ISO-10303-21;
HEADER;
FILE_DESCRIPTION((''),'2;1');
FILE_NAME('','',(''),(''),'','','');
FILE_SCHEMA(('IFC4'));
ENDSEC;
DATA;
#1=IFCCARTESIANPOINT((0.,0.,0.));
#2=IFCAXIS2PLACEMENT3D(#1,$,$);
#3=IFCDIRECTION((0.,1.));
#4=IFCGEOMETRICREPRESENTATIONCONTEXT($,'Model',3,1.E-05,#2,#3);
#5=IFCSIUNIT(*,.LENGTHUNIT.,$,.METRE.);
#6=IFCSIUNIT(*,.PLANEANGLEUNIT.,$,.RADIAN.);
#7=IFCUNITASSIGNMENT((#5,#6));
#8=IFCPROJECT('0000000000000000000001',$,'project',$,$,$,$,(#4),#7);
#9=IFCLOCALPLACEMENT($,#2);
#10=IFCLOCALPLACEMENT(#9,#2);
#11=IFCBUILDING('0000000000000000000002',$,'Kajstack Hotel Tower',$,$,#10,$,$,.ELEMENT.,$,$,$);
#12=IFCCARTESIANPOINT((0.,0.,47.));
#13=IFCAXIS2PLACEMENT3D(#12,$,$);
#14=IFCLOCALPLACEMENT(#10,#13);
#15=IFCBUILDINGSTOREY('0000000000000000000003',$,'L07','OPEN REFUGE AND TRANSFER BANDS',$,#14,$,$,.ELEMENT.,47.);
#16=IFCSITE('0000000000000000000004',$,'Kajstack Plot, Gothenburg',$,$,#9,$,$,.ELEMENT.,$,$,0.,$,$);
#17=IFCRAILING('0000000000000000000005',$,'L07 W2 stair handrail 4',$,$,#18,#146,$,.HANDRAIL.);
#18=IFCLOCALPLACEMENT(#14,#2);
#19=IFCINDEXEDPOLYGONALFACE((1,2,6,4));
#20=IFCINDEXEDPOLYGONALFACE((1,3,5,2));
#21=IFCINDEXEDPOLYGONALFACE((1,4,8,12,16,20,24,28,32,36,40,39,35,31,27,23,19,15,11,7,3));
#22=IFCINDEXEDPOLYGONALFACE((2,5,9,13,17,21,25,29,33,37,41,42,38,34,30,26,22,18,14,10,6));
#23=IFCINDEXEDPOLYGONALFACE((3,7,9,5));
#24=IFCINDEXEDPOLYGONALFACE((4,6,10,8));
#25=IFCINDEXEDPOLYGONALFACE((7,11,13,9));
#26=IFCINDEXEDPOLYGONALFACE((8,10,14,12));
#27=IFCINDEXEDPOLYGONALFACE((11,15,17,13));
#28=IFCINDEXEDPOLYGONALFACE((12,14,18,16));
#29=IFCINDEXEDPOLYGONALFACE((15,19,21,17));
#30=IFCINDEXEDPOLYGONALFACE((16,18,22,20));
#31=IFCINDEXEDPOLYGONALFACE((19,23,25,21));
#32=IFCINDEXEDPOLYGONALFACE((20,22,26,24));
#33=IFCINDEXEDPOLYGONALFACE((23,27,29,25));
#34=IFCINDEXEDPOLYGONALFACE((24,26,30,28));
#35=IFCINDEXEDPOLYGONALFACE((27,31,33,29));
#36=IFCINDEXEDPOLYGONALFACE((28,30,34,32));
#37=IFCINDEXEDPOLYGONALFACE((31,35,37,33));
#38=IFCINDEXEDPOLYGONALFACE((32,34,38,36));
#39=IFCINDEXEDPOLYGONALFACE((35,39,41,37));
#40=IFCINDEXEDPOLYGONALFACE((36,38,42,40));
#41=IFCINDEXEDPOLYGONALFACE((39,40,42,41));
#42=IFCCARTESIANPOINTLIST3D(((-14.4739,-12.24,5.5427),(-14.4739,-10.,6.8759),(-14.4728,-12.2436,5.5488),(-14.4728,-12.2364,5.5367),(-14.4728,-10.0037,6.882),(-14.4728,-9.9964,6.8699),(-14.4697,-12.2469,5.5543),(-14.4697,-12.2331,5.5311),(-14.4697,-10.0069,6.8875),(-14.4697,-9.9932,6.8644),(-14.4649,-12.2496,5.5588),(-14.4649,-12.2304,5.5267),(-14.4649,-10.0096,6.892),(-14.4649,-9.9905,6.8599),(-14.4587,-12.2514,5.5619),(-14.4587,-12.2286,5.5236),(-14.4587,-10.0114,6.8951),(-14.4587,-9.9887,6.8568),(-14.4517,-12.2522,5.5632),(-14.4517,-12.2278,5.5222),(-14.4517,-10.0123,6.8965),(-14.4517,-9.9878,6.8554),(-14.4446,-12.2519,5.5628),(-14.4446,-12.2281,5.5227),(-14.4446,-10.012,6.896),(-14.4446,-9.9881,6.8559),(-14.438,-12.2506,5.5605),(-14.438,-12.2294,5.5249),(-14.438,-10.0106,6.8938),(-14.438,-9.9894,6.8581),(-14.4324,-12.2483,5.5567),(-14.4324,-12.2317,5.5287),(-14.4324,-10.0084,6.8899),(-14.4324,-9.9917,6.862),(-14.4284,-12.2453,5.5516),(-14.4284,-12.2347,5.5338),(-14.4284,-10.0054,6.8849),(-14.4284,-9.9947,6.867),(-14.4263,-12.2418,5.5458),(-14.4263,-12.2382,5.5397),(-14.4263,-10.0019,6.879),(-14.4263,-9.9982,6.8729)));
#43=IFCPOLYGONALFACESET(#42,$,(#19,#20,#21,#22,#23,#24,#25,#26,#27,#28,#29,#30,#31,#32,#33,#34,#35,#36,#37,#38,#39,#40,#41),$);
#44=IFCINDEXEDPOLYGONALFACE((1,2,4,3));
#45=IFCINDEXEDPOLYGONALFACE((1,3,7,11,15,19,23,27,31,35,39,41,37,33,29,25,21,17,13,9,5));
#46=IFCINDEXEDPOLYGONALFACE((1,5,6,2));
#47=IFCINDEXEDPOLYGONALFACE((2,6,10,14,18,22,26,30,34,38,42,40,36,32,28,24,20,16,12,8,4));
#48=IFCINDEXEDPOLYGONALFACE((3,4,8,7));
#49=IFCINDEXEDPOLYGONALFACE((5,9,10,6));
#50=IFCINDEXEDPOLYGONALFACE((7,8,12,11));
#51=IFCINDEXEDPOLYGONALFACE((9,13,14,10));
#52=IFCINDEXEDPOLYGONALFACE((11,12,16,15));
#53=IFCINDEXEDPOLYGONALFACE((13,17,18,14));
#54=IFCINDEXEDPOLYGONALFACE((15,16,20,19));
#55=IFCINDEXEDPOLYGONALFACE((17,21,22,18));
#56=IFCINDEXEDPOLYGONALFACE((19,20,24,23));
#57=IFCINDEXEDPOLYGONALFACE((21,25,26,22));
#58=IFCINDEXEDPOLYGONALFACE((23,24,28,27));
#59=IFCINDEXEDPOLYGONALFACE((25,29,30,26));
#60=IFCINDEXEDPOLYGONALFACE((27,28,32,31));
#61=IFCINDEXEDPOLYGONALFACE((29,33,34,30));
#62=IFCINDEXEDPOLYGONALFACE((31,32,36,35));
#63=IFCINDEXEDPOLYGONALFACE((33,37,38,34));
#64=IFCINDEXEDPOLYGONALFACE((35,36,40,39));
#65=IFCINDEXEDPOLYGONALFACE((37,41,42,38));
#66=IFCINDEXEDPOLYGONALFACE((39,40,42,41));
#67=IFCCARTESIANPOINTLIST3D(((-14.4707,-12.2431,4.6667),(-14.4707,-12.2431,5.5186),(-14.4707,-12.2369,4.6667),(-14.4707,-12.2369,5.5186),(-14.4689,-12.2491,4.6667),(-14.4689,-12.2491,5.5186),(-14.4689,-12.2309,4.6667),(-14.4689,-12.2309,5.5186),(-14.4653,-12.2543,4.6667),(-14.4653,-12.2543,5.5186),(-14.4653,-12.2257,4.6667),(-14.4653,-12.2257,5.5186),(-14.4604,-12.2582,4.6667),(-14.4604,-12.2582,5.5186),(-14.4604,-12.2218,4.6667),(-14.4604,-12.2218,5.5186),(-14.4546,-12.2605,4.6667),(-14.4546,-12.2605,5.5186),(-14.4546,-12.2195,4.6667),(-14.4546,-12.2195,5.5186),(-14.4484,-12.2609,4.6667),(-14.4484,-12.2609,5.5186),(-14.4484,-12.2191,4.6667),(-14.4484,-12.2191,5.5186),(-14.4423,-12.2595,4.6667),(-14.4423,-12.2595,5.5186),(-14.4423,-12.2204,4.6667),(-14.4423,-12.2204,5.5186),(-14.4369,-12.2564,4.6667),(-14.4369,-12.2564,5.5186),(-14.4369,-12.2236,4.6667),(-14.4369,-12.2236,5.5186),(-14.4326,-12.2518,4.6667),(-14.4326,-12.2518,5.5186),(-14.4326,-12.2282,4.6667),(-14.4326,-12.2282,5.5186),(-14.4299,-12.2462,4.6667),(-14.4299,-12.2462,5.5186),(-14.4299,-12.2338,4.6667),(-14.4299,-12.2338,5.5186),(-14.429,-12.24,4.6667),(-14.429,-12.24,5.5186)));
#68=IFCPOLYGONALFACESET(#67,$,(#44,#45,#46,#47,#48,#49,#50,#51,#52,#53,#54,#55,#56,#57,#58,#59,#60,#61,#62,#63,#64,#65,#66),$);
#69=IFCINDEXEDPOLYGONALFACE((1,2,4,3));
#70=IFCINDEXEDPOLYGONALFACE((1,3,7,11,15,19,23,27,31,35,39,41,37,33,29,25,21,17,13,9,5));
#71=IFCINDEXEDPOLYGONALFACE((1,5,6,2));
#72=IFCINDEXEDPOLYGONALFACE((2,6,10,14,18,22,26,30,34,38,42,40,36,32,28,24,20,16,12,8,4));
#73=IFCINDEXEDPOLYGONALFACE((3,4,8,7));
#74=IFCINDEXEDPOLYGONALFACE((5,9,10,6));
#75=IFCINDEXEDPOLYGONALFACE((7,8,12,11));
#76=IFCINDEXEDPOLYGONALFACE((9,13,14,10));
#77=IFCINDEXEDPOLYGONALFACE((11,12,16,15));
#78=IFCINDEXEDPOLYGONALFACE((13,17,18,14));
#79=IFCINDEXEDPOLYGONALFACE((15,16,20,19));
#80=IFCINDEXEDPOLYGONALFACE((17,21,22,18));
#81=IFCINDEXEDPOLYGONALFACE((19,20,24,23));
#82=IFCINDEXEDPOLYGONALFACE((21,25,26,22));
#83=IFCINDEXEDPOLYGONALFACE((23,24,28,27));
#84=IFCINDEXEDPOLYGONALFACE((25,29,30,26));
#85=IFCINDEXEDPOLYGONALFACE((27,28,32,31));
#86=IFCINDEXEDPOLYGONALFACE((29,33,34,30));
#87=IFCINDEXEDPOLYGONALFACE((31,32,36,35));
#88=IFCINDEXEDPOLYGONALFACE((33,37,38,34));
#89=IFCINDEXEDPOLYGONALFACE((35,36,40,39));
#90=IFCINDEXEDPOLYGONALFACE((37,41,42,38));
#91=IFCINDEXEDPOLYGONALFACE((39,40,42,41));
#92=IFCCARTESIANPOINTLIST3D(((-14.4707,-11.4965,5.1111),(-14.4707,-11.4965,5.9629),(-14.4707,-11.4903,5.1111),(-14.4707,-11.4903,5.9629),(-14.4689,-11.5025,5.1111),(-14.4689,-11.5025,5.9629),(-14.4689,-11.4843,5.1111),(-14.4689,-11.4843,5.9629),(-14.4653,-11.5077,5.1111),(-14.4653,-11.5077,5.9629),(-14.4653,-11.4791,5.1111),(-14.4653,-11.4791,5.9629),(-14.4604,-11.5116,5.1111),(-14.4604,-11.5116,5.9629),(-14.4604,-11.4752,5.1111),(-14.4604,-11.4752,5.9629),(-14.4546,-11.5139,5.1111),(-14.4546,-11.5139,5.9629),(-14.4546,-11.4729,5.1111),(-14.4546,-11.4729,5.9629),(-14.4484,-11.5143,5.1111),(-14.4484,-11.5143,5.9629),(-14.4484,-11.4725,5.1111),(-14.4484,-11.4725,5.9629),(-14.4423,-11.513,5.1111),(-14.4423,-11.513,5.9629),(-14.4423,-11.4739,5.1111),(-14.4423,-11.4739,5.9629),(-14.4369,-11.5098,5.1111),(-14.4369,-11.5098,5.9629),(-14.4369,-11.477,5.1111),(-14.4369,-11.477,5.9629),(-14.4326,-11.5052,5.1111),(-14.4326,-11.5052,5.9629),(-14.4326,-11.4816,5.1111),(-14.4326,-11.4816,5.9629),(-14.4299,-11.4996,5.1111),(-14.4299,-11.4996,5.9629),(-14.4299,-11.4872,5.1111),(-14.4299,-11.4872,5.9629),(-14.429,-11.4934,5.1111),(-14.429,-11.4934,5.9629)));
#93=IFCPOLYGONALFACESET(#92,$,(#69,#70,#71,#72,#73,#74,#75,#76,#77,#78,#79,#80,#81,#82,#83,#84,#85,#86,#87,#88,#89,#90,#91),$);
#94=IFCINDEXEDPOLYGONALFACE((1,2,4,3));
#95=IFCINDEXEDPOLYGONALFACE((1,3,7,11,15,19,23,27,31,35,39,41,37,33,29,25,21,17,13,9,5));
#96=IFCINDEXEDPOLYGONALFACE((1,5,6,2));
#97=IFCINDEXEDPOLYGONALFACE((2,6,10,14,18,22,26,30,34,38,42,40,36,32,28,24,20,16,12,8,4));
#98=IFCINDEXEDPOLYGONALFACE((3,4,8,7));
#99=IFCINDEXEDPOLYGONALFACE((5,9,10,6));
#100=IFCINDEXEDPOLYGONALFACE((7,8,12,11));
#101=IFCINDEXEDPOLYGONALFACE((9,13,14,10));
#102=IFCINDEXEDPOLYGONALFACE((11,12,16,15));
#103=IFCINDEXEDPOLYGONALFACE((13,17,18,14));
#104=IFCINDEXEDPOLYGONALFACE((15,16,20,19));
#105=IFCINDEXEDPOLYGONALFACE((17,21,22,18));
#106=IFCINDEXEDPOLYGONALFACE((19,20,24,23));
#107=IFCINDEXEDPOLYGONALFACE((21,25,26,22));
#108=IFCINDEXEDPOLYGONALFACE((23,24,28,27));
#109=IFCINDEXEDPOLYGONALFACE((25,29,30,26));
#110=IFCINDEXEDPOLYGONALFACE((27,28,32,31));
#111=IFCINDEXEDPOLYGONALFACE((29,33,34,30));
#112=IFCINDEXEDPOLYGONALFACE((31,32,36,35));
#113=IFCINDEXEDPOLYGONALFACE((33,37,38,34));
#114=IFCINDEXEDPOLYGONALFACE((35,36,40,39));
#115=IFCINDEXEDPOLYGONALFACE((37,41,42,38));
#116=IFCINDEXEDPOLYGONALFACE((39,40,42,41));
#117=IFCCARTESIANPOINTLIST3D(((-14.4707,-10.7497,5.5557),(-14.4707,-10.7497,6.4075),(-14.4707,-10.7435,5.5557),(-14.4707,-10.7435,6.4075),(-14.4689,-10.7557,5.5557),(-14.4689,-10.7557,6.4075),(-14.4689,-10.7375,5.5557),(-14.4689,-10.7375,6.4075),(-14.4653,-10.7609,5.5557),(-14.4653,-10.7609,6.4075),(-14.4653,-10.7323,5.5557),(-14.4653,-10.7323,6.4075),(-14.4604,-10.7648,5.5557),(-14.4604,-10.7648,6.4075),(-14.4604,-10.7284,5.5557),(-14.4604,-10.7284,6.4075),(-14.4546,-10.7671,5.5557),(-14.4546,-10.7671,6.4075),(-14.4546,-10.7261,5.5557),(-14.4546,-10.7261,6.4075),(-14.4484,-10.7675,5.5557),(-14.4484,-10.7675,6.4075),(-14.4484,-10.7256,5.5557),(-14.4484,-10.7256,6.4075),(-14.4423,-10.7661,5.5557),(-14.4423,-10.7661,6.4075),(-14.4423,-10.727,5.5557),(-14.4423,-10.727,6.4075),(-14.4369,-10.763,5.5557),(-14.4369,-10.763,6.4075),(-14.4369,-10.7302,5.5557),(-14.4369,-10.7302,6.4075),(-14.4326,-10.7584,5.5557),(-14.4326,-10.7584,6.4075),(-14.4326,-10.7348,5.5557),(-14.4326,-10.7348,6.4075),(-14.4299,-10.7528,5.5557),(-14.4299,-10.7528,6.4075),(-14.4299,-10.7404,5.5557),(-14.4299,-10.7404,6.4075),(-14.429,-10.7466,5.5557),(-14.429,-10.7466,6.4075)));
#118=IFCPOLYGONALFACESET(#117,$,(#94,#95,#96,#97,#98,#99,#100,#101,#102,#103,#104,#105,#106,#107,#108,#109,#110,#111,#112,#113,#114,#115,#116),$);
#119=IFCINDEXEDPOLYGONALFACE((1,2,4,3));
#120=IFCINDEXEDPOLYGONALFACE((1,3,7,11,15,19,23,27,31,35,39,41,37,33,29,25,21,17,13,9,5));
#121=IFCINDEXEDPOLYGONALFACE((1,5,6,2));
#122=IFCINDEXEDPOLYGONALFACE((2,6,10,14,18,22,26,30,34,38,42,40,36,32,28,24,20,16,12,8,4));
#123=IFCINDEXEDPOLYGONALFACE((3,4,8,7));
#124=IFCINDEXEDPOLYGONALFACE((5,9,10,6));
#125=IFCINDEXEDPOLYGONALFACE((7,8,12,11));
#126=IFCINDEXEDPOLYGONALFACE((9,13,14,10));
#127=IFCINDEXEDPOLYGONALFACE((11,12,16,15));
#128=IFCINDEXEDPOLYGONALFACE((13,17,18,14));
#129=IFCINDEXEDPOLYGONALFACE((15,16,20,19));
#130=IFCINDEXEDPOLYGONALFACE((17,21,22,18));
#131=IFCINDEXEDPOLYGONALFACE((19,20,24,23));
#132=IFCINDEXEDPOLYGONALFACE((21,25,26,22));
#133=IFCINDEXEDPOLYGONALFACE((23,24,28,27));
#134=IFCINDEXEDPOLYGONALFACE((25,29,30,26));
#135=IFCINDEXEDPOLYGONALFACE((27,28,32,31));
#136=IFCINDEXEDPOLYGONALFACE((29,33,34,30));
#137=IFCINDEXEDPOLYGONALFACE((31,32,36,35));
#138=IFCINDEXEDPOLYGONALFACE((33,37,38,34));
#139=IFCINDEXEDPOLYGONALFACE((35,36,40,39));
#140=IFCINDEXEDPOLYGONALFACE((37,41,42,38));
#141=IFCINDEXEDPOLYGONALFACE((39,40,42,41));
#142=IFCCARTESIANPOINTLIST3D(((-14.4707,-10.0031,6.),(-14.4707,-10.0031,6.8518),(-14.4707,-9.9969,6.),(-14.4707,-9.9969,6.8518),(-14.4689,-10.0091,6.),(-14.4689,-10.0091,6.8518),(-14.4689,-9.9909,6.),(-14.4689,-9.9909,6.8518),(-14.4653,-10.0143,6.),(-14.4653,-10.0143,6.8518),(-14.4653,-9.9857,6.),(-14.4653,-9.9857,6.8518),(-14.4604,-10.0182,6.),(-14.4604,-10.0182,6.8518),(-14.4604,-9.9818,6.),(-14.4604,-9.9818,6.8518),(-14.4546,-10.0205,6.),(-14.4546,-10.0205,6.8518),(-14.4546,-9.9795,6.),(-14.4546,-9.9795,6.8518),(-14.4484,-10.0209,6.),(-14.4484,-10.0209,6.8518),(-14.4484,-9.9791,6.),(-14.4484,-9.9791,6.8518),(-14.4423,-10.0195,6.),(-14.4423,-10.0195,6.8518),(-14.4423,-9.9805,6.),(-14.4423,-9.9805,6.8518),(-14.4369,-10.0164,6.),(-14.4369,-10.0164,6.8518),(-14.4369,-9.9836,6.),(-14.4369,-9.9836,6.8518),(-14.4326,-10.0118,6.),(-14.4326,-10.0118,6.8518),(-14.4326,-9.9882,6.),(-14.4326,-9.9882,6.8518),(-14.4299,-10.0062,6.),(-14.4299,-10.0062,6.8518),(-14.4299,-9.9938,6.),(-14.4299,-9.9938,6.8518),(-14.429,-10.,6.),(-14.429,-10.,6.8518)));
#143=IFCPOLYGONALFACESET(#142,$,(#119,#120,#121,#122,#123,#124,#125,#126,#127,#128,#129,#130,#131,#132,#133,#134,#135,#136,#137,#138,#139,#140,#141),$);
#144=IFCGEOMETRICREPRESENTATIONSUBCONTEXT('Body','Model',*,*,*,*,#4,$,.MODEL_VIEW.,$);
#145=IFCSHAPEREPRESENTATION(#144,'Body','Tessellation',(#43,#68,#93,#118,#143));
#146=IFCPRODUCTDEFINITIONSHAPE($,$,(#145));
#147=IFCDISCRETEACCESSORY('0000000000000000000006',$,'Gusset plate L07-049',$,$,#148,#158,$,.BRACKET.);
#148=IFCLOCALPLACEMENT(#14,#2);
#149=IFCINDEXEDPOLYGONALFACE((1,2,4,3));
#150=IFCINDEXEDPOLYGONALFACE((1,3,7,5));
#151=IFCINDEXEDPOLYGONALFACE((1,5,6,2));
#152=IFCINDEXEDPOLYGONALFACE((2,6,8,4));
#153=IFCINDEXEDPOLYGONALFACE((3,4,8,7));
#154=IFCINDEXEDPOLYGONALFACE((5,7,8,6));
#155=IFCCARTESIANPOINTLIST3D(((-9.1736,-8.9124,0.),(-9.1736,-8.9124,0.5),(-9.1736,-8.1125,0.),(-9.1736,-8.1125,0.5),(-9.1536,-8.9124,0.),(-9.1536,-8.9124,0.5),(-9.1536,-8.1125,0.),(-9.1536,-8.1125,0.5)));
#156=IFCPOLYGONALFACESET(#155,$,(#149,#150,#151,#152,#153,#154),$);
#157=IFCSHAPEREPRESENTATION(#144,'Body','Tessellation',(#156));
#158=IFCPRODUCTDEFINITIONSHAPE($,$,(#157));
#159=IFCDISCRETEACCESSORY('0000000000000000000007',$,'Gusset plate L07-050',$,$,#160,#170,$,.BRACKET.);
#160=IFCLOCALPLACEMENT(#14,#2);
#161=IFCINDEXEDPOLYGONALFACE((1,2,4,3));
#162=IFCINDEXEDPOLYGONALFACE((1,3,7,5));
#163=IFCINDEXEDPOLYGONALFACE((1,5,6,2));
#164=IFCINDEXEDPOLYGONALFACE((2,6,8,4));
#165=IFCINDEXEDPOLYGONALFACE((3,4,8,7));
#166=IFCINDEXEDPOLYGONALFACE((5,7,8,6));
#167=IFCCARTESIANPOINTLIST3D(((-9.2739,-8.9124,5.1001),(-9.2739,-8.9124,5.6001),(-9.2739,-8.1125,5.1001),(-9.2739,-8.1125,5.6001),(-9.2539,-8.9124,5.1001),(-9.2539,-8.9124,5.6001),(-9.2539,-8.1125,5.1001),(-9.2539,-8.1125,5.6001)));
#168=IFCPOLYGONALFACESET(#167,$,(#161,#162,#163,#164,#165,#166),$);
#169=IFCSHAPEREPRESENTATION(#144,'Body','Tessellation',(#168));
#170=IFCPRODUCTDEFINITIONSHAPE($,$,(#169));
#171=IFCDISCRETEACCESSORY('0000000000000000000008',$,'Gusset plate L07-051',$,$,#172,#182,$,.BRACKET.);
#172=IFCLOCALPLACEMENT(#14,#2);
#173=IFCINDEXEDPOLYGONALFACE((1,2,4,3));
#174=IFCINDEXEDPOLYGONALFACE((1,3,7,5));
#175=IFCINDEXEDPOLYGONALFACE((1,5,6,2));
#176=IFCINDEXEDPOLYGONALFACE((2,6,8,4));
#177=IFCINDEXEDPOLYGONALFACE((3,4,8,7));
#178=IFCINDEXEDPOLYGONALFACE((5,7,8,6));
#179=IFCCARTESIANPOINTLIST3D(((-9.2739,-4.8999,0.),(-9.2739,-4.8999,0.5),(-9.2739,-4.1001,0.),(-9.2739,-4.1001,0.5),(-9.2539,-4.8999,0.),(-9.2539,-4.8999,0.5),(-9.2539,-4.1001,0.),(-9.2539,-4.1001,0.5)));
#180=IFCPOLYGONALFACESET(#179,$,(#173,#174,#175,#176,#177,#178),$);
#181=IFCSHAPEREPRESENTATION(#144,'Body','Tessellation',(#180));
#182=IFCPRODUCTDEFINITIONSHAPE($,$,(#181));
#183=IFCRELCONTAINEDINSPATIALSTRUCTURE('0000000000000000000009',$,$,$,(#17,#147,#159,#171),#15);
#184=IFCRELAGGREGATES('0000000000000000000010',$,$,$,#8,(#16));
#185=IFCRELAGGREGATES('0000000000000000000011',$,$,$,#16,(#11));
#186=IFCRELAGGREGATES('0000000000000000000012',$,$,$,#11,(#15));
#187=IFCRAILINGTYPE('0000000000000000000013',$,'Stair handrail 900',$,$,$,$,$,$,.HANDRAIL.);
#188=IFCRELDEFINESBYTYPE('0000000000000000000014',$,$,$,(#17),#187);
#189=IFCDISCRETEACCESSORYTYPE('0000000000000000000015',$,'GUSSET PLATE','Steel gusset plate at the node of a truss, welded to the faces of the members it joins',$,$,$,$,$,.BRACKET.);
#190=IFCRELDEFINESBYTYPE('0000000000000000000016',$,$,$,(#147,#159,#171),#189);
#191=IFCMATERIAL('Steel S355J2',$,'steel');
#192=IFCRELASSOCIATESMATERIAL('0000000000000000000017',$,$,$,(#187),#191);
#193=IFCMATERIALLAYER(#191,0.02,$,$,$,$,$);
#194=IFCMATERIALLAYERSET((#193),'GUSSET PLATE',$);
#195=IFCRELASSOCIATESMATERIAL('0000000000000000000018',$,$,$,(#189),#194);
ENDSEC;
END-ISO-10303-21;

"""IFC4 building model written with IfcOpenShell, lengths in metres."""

from ifc_helpers import new_model, si_unit, direction, frame, origin, origin_2d, place, context, subcontext, project, spatial, polyline, circle, outline, extrude, material, layer, layer_set, type_object, element, save


model = new_model("IFC4")

# Units and contexts
model_context = context("Model", 3, precision=1e-05, world=origin(), true_north=direction((0.0, 1.0)))
body_context = subcontext(model_context, "Body", "Model", "MODEL_VIEW")
ifc_project = project(units=[si_unit("LENGTHUNIT", "METRE"), si_unit("PLANEANGLEUNIT", "RADIAN")], contexts=[model_context])

# Site, building, storey
site_placement = place(None, origin())
site = spatial("IfcSite", under=ifc_project, at=site_placement, Name="Kajstack Plot, Gothenburg", CompositionType="ELEMENT", RefElevation=0.0)
building_placement = place(site_placement, origin())
building = spatial("IfcBuilding", under=site, at=building_placement, Name="Kajstack Hotel Tower", CompositionType="ELEMENT")
storey_placement = place(building_placement, frame((0.0, 0.0, 47.0)))
storey = spatial("IfcBuildingStorey", under=building, at=storey_placement, Name="L07", Description="OPEN REFUGE AND TRANSFER BANDS", CompositionType="ELEMENT", Elevation=47.0)

# Railing
ifc_material_1 = material(Name="Steel S355J2", Category="steel")
railing_type_1 = type_object("IfcRailingType", Name="Stair handrail 900", PredefinedType="HANDRAIL", material=ifc_material_1)
railing_1_placement = place(storey_placement, frame((-14.45, -12.24, 4.6667)))
element("IfcRailing", 1, at=railing_1_placement, inside=storey, type_object=railing_type_1, Name="L07 W2 stair handrail 4", PredefinedType="HANDRAIL", context=body_context, shape_type="SweptSolid", body=[
    extrude(circle(Radius=0.0239, at=origin_2d()), frame((0.0, 0.0, 0.876), z_axis=(0.0, 0.859306, 0.511462), x_axis=(-1.0, 0.0, 0.0)), (0.0, 0.0, 1.0), 2.6067),
    extrude(circle(Radius=0.021, at=origin_2d()), origin(), (0.0, 0.0, 1.0), 0.8518),
    extrude(circle(Radius=0.021, at=origin_2d()), frame((0.0, 0.7466, 0.4443)), (0.0, 0.0, 1.0), 0.8518),
    extrude(circle(Radius=0.021, at=origin_2d()), frame((0.0, 1.4934, 0.8889)), (0.0, 0.0, 1.0), 0.8518),
    extrude(circle(Radius=0.021, at=origin_2d()), frame((0.0, 2.24, 1.3333)), (0.0, 0.0, 1.0), 0.8518),
])

# Discrete accessories
ifc_layer_1 = layer(ifc_material_1, 0.02)
ifc_layer_set_1 = layer_set([ifc_layer_1], Name="GUSSET PLATE")
discrete_accessory_type = type_object("IfcDiscreteAccessoryType", Name="GUSSET PLATE", Description="Steel gusset plate at the node of a truss, welded to the faces of the members it joins", PredefinedType="BRACKET", material=ifc_layer_set_1)
for number, where, z_axis, x_axis, name in (
    (2, (-9.1736, -8.5125, 0.0), (1.0, 0.0, 0.0), (0.0, 1.0, 0.0), "Gusset plate L07-049"),
    (3, (-9.2739, -8.5125, 5.1001), (1.0, 0.0, 0.0), (0.0, 1.0, 0.0), "Gusset plate L07-050"),
    (4, (-9.2739, -4.5, 0.0), (1.0, 0.0, 0.0), (0.0, 1.0, 0.0), "Gusset plate L07-051"),
):
    element("IfcDiscreteAccessory", number, at=place(storey_placement, frame(where, z_axis=z_axis, x_axis=x_axis)), inside=storey, type_object=discrete_accessory_type, Name=name, PredefinedType="BRACKET", context=body_context, shape_type="SweptSolid", body=[
        extrude(outline(polyline([(-0.3999, 0.0), (0.3999, 0.0), (0.3999, 0.5), (-0.3999, 0.5), (-0.3999, 0.0)])), origin(), (0.0, 0.0, 1.0), 0.02),
    ])

save(model, "model.ifc")
